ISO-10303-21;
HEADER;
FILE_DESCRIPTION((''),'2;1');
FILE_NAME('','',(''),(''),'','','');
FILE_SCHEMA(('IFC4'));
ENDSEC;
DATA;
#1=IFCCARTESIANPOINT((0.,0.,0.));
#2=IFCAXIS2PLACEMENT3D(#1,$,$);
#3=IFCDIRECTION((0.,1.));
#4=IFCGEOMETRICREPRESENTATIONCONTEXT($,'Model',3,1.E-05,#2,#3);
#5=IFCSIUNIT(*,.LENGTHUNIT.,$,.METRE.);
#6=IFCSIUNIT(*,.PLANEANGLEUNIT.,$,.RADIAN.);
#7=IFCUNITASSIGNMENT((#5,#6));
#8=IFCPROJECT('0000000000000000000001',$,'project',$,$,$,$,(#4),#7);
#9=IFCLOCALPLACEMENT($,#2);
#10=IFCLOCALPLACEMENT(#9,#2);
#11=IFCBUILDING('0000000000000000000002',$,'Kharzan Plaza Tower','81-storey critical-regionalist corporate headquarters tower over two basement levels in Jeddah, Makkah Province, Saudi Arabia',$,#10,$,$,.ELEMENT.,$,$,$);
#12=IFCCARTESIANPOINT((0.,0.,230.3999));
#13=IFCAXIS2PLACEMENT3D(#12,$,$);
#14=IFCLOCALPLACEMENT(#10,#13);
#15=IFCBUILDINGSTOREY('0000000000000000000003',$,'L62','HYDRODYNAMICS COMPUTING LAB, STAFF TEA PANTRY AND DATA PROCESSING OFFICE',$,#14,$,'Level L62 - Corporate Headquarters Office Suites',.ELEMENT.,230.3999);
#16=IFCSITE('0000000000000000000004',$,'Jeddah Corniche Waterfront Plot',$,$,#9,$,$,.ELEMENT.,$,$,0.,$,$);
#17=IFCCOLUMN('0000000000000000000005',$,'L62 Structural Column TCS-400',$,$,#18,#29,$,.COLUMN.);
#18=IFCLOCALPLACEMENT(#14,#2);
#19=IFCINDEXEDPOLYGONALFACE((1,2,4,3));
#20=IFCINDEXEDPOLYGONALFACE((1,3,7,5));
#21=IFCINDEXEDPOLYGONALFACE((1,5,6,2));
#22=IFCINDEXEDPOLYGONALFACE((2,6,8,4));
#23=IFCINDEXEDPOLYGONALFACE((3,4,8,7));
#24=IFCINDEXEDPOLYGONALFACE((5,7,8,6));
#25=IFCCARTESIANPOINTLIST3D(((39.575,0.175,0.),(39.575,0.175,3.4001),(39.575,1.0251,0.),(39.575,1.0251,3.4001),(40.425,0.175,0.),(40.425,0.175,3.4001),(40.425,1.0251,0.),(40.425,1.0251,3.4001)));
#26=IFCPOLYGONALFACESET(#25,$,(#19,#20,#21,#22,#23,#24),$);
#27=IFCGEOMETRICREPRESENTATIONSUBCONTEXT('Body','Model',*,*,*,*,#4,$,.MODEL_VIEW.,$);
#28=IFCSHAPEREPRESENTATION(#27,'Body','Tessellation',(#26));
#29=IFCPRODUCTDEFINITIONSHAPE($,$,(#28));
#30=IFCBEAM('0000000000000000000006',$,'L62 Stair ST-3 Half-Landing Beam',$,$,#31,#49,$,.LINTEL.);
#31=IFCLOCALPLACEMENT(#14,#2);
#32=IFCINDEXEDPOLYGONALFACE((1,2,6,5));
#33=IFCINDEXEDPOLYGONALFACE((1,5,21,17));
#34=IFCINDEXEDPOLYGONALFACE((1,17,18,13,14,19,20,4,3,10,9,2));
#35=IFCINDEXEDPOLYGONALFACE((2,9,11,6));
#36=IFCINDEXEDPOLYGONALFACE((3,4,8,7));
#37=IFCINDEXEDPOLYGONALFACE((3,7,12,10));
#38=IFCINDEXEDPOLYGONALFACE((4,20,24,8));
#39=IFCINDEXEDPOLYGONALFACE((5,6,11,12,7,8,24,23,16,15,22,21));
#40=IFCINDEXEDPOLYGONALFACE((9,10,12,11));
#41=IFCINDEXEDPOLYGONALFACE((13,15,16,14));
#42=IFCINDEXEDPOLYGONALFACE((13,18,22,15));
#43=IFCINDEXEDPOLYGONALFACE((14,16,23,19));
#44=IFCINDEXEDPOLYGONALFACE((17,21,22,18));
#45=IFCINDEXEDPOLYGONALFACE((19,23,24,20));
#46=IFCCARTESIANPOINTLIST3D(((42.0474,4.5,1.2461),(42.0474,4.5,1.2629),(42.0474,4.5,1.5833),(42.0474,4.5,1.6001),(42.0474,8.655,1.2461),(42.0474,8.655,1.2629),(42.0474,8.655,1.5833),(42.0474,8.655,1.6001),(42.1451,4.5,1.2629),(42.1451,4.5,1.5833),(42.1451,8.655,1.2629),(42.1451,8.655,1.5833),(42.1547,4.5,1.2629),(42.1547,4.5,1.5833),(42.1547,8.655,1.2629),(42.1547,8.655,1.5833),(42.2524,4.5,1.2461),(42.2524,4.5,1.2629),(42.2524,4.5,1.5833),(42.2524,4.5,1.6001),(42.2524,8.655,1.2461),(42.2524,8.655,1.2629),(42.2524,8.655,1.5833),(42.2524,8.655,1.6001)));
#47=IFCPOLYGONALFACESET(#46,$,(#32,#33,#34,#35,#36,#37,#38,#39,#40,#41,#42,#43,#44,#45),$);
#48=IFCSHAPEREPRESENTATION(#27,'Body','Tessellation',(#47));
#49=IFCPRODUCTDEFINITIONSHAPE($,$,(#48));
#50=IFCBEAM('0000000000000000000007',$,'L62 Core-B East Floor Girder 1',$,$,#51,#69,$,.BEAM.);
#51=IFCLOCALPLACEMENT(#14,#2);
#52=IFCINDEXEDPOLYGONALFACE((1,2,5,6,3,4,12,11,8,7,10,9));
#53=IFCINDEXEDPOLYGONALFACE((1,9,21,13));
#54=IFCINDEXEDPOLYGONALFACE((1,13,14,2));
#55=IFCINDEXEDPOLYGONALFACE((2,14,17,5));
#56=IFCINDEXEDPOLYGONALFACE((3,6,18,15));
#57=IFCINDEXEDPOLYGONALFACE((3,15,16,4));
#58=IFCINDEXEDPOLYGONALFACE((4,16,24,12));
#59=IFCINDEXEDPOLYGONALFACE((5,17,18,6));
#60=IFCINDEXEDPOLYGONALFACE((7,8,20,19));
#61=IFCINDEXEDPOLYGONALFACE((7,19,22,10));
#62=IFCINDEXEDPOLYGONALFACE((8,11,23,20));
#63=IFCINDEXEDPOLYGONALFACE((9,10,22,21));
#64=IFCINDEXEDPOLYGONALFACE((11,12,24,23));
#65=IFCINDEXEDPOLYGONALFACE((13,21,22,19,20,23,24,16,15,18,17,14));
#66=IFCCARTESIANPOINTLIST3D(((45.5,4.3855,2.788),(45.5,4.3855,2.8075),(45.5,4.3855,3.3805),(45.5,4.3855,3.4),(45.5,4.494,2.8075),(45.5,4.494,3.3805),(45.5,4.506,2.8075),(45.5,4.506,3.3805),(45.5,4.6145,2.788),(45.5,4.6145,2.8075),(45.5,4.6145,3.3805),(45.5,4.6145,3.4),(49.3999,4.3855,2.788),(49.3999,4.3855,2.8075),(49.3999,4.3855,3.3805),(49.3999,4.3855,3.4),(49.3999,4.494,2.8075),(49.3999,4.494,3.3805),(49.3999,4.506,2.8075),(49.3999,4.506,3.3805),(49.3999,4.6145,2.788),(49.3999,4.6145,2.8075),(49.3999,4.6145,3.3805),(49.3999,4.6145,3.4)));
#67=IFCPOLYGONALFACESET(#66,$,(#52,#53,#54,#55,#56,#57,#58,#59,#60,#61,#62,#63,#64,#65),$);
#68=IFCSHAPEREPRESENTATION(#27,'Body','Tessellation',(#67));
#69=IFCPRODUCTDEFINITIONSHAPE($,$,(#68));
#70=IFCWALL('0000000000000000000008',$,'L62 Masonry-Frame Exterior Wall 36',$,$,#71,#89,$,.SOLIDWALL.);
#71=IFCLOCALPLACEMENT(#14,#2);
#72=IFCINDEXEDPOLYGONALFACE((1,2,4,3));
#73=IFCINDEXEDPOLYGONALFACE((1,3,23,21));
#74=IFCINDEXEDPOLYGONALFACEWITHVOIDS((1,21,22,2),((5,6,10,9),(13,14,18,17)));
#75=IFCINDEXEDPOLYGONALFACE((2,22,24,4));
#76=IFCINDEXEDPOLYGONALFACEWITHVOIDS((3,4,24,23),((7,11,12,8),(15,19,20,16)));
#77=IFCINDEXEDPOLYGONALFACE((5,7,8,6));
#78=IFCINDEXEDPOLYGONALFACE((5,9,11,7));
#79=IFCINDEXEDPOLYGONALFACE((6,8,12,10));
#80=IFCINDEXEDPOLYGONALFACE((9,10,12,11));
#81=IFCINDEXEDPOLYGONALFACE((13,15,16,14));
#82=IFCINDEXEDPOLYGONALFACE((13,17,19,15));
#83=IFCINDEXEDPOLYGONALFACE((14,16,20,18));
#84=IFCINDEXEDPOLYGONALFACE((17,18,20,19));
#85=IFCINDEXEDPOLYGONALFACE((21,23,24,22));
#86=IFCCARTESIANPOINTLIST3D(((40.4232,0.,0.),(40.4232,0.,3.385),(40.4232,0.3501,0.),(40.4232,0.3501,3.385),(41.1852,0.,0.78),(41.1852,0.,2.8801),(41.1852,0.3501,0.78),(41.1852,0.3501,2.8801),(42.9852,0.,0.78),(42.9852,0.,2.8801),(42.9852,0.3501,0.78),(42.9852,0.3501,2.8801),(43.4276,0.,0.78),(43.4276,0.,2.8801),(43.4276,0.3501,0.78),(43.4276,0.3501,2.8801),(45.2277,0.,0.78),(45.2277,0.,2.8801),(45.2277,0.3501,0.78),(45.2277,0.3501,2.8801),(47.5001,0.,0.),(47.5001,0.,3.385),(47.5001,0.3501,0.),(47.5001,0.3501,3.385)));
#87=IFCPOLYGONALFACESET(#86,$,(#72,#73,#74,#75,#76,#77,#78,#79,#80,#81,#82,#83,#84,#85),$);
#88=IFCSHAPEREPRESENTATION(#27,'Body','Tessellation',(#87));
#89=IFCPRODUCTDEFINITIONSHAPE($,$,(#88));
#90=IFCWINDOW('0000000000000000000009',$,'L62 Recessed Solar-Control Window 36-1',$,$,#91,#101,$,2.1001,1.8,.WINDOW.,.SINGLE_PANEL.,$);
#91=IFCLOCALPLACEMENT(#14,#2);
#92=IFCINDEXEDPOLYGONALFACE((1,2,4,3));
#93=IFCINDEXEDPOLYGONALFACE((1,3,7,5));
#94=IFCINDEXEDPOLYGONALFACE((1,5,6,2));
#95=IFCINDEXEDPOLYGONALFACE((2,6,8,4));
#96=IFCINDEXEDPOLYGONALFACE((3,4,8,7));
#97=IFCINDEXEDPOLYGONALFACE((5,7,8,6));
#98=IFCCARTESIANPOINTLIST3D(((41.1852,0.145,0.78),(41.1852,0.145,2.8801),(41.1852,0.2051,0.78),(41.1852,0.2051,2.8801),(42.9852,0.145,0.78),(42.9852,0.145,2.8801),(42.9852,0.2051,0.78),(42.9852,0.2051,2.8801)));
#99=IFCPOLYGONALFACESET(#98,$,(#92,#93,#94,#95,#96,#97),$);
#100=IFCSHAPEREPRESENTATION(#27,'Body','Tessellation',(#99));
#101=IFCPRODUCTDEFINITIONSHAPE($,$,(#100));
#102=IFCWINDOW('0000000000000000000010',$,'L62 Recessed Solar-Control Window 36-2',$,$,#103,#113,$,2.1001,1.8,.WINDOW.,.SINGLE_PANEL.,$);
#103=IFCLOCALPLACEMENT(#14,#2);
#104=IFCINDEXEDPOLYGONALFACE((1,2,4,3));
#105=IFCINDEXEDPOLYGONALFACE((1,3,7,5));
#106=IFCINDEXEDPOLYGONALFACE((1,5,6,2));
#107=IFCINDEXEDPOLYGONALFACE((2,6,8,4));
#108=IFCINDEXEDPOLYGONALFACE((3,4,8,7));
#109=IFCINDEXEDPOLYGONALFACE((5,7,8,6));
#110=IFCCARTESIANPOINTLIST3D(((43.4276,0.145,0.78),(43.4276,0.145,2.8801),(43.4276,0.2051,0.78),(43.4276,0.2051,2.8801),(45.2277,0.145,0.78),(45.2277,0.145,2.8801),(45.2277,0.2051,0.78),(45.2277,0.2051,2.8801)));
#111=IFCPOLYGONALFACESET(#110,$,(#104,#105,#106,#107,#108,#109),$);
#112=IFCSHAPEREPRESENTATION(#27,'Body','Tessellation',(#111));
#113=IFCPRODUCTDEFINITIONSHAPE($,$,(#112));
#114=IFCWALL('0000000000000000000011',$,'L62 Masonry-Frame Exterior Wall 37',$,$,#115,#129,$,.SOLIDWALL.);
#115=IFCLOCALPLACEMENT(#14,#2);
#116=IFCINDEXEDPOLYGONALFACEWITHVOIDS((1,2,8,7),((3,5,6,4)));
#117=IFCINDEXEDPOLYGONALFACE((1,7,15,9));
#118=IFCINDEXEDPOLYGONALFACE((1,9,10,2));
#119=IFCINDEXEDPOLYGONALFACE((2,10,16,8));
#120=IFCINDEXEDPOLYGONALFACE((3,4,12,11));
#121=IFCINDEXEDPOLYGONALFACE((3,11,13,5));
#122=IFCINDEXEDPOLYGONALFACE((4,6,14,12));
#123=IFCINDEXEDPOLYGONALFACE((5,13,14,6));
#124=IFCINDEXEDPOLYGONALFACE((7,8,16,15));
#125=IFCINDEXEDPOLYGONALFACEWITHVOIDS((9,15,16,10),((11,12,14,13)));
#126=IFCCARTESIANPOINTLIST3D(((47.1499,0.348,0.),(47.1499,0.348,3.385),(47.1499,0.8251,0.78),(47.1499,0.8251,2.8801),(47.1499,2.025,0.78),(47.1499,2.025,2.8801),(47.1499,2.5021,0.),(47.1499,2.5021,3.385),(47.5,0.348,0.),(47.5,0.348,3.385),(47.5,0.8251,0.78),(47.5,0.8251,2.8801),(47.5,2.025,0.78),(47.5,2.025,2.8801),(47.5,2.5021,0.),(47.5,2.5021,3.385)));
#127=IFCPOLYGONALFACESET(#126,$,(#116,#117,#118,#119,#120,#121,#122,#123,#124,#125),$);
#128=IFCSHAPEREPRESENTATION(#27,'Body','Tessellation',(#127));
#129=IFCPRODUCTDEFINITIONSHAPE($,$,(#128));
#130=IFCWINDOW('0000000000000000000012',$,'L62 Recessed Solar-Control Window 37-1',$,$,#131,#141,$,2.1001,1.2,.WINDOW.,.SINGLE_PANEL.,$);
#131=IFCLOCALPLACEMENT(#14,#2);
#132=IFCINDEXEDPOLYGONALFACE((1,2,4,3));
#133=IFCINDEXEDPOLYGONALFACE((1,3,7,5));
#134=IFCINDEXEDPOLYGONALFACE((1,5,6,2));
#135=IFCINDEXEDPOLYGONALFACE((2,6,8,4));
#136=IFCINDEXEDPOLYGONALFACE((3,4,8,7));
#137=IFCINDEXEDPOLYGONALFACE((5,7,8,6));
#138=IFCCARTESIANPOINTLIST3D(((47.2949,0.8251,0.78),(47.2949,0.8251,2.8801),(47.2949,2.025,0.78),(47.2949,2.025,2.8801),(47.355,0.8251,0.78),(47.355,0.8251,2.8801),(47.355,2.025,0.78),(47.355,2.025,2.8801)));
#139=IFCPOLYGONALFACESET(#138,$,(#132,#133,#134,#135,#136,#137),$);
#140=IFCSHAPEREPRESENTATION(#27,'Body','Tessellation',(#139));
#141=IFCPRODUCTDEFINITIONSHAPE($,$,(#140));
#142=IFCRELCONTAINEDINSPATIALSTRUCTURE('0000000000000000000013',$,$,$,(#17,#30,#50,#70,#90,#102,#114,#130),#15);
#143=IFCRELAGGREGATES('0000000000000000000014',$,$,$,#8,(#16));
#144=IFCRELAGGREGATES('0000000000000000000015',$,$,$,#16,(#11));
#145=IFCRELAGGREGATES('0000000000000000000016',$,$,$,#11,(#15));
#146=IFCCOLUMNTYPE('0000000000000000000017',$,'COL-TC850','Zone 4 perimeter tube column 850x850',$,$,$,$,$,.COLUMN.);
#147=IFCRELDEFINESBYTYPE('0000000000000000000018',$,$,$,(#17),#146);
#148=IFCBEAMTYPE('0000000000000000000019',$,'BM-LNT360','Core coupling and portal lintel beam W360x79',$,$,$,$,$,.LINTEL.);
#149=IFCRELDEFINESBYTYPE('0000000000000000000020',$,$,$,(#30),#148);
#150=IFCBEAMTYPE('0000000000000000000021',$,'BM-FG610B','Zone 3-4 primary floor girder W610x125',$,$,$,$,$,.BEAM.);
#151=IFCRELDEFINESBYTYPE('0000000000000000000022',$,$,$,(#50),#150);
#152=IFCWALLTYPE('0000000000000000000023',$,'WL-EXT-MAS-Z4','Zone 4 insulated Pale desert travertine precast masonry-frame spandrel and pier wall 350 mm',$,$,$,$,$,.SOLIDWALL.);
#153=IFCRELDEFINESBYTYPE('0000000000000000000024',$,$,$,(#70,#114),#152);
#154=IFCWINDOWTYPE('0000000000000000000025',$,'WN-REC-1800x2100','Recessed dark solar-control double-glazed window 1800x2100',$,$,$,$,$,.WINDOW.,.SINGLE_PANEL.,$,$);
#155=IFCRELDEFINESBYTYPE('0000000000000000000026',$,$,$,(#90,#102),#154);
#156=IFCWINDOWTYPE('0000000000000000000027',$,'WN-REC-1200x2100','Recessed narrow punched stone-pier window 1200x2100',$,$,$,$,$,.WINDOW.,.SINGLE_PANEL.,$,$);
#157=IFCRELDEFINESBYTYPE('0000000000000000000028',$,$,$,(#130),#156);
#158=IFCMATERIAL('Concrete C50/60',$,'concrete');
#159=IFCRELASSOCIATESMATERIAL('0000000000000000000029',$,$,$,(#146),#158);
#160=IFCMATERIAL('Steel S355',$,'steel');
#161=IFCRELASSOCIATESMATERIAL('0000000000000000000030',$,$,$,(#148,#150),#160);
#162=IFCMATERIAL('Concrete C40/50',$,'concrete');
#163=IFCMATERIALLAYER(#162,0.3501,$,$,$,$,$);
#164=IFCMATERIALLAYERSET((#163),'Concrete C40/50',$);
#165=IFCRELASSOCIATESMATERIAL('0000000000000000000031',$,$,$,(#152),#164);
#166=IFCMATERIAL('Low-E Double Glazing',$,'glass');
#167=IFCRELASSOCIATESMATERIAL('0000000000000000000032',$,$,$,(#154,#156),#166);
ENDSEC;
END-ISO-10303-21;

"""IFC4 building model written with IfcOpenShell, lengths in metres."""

from ifc_helpers import new_model, si_unit, direction, frame, frame_2d, origin, origin_2d, place, context, subcontext, project, spatial, rectangle, i_section, extrude, source, transform, mapped, material, layer, layer_set, material_profile, profile_set, type_object, element, fill, save


model = new_model("IFC4")

# Units and contexts
model_context = context("Model", 3, precision=1e-05, world=origin(), true_north=direction((0.0, 1.0)))
body_context = subcontext(model_context, "Body", "Model", "MODEL_VIEW")
ifc_project = project(units=[si_unit("LENGTHUNIT", "METRE"), si_unit("PLANEANGLEUNIT", "RADIAN")], contexts=[model_context])

# Site, building, storey
site_placement = place(None, origin())
site = spatial("IfcSite", under=ifc_project, at=site_placement, Name="Jeddah Corniche Waterfront Plot", CompositionType="ELEMENT", RefElevation=0.0)
building_placement = place(site_placement, origin())
building = spatial("IfcBuilding", under=site, at=building_placement, Name="Kharzan Plaza Tower", Description="81-storey critical-regionalist corporate headquarters tower over two basement levels in Jeddah, Makkah Province, Saudi Arabia", CompositionType="ELEMENT")
storey_placement = place(building_placement, frame((0.0, 0.0, 230.3999)))
storey = spatial("IfcBuildingStorey", under=building, at=storey_placement, Name="L62", Description="HYDRODYNAMICS COMPUTING LAB, STAFF TEA PANTRY AND DATA PROCESSING OFFICE", LongName="Level L62 - Corporate Headquarters Office Suites", CompositionType="ELEMENT", Elevation=230.3999)

# Column
ifc_material_1 = material(Name="Concrete C50/60", Category="concrete")
ifc_material_profile_1 = material_profile(ifc_material_1, rectangle(XDim=0.8501, YDim=0.8501, at=origin_2d()), Name="RC-TC850x850")
ifc_profile_set_1 = profile_set([ifc_material_profile_1], Name="Concrete C50/60")
column_type = type_object("IfcColumnType", Name="COL-TC850", Description="Zone 4 perimeter tube column 850x850", PredefinedType="COLUMN", material=ifc_profile_set_1)
shared_shape_1 = source(origin(), body_context, "Body", "SweptSolid", [
    extrude(rectangle(XDim=0.8501, YDim=0.8501, at=origin_2d()), origin(), (0.0, 0.0, 1.0), 3.4001),
])
column_placement = place(storey_placement, frame((40.0, 0.6001, 0.0), z_axis=(0.0, 0.0, 1.0), x_axis=(1.0, 0.0, 0.0)))
element("IfcColumn", 1, at=column_placement, inside=storey, type_object=column_type, Name="L62 Structural Column TCS-400", PredefinedType="COLUMN", context=body_context, shape_type="MappedRepresentation", body=[
    mapped(shared_shape_1, transform((0.0, 0.0, 0.0), x_axis=(1.0, 0.0, 0.0), y_axis=(0.0, 1.0, 0.0), z_axis=(0.0, 0.0, 1.0))),
])

# Beams
ifc_material_2 = material(Name="Steel S355", Category="steel")
ifc_material_profile_2 = material_profile(ifc_material_2, i_section(OverallWidth=0.2051, OverallDepth=0.354, WebThickness=0.0095, FlangeThickness=0.0168, at=origin_2d()), Name="W360x79")
ifc_profile_set_2 = profile_set([ifc_material_profile_2], Name="Steel S355")
beam_type_1 = type_object("IfcBeamType", Name="BM-LNT360", Description="Core coupling and portal lintel beam W360x79", PredefinedType="LINTEL", material=ifc_profile_set_2)
shared_shape_2 = source(origin(), body_context, "Body", "SweptSolid", [
    extrude(i_section(OverallWidth=0.2051, OverallDepth=0.354, WebThickness=0.0095, FlangeThickness=0.0168, at=origin_2d()), origin(), (0.0, 0.0, 1.0), 4.155),
])
beam_1_placement = place(storey_placement, frame((42.1499, 4.5, 1.4231), z_axis=(0.0, 1.0, 0.0), x_axis=(-1.0, 0.0, 0.0)))
element("IfcBeam", 2, at=beam_1_placement, inside=storey, type_object=beam_type_1, Name="L62 Stair ST-3 Half-Landing Beam", PredefinedType="LINTEL", context=body_context, shape_type="MappedRepresentation", body=[
    mapped(shared_shape_2, transform((0.0, 0.0, 0.0), x_axis=(1.0, 0.0, 0.0), y_axis=(0.0, 1.0, 0.0), z_axis=(0.0, 0.0, 1.0))),
])
ifc_material_profile_3 = material_profile(ifc_material_2, i_section(OverallWidth=0.229, OverallDepth=0.6121, WebThickness=0.012, FlangeThickness=0.0195, at=origin_2d()), Name="W610x125")
ifc_profile_set_3 = profile_set([ifc_material_profile_3], Name="Steel S355")
beam_type_2 = type_object("IfcBeamType", Name="BM-FG610B", Description="Zone 3-4 primary floor girder W610x125", PredefinedType="BEAM", material=ifc_profile_set_3)
shared_shape_3 = source(origin(), body_context, "Body", "SweptSolid", [
    extrude(i_section(OverallWidth=0.229, OverallDepth=0.6121, WebThickness=0.012, FlangeThickness=0.0195, at=origin_2d()), origin(), (0.0, 0.0, 1.0), 3.8999),
])
beam_2_placement = place(storey_placement, frame((45.5, 4.5, 3.094), z_axis=(1.0, 0.0, 0.0), x_axis=(0.0, 1.0, 0.0)))
element("IfcBeam", 3, at=beam_2_placement, inside=storey, type_object=beam_type_2, Name="L62 Core-B East Floor Girder 1", PredefinedType="BEAM", context=body_context, shape_type="MappedRepresentation", body=[
    mapped(shared_shape_3, transform((0.0, 0.0, 0.0), x_axis=(1.0, 0.0, 0.0), y_axis=(0.0, 1.0, 0.0), z_axis=(0.0, 0.0, 1.0))),
])

# Wall, openings, windows
ifc_material_3 = material(Name="Concrete C40/50", Category="concrete")
ifc_layer_1 = layer(ifc_material_3, 0.3501)
ifc_layer_set_1 = layer_set([ifc_layer_1], Name="Concrete C40/50")
wall_type_1 = type_object("IfcWallType", Name="WL-EXT-MAS-Z4", Description="Zone 4 insulated Pale desert travertine precast masonry-frame spandrel and pier wall 350 mm", PredefinedType="SOLIDWALL", material=ifc_layer_set_1)
wall_1_placement = place(storey_placement, frame((40.4231, 0.175, 0.0), z_axis=(0.0, 0.0, 1.0), x_axis=(1.0, 0.0, 0.0)))
wall_1 = element("IfcWall", 4, at=wall_1_placement, inside=storey, type_object=wall_type_1, Name="L62 Masonry-Frame Exterior Wall 36", PredefinedType="SOLIDWALL", context=body_context, shape_type="SweptSolid", body=[
    extrude(rectangle(XDim=7.0769, YDim=0.3501, at=frame_2d((3.5386, 0.0))), origin(), (0.0, 0.0, 1.0), 3.385),
])
opening_1_placement = place(wall_1_placement, frame((0.7622, 0.0, 0.78)))
opening_1 = element("IfcOpeningElement", 5, at=opening_1_placement, cuts=wall_1, PredefinedType="OPENING", context=body_context, shape_type="SweptSolid", body=[
    extrude(rectangle(XDim=1.8, YDim=2.1001, at=frame_2d((0.8999, 1.05))), frame((0.0, 0.1851, 0.0), z_axis=(0.0, -1.0, 0.0), x_axis=(1.0, 0.0, 0.0)), (0.0, 0.0, 1.0), 0.3701),
])
opening_2_placement = place(wall_1_placement, frame((3.0046, 0.0, 0.78)))
opening_2 = element("IfcOpeningElement", 6, at=opening_2_placement, cuts=wall_1, PredefinedType="OPENING", context=body_context, shape_type="SweptSolid", body=[
    extrude(rectangle(XDim=1.8, YDim=2.1001, at=frame_2d((0.8999, 1.05))), frame((0.0, 0.1851, 0.0), z_axis=(0.0, -1.0, 0.0), x_axis=(1.0, 0.0, 0.0)), (0.0, 0.0, 1.0), 0.3701),
])
ifc_material_4 = material(Name="Low-E Double Glazing", Category="glass")
window_type_1 = type_object("IfcWindowType", Name="WN-REC-1800x2100", Description="Recessed dark solar-control double-glazed window 1800x2100", PartitioningType="SINGLE_PANEL", PredefinedType="WINDOW", material=ifc_material_4)
shared_shape_4 = source(origin(), body_context, "Body", "SweptSolid", [
    extrude(rectangle(XDim=1.8, YDim=2.1001, at=frame_2d((0.8999, 1.05))), frame((0.0, 0.03, 0.0), z_axis=(0.0, -1.0, 0.0), x_axis=(1.0, 0.0, 0.0)), (0.0, 0.0, 1.0), 0.0601),
])
window_1_placement = place(opening_1_placement, origin())
window_1 = element("IfcWindow", 7, at=window_1_placement, inside=storey, type_object=window_type_1, Name="L62 Recessed Solar-Control Window 36-1", OverallHeight=2.1001, OverallWidth=1.8, PartitioningType="SINGLE_PANEL", PredefinedType="WINDOW", context=body_context, shape_type="MappedRepresentation", body=[
    mapped(shared_shape_4, transform((0.0, 0.0, 0.0), x_axis=(1.0, 0.0, 0.0), y_axis=(0.0, 1.0, 0.0), z_axis=(0.0, 0.0, 1.0))),
])
fill(opening_1, window_1)
window_2_placement = place(opening_2_placement, origin())
window_2 = element("IfcWindow", 8, at=window_2_placement, inside=storey, type_object=window_type_1, Name="L62 Recessed Solar-Control Window 36-2", OverallHeight=2.1001, OverallWidth=1.8, PartitioningType="SINGLE_PANEL", PredefinedType="WINDOW", context=body_context, shape_type="MappedRepresentation", body=[
    mapped(shared_shape_4, transform((0.0, 0.0, 0.0), x_axis=(1.0, 0.0, 0.0), y_axis=(0.0, 1.0, 0.0), z_axis=(0.0, 0.0, 1.0))),
])
fill(opening_2, window_2)

# Wall, opening, window
wall_2_placement = place(storey_placement, frame((47.325, 0.3479, 0.0), z_axis=(0.0, 0.0, 1.0), x_axis=(0.0, 1.0, 0.0)))
wall_2 = element("IfcWall", 9, at=wall_2_placement, inside=storey, type_object=wall_type_1, Name="L62 Masonry-Frame Exterior Wall 37", PredefinedType="SOLIDWALL", context=body_context, shape_type="SweptSolid", body=[
    extrude(rectangle(XDim=2.1541, YDim=0.3501, at=frame_2d((1.0771, 0.0))), origin(), (0.0, 0.0, 1.0), 3.385),
])
opening_3_placement = place(wall_2_placement, frame((0.4771, 0.0, 0.78)))
opening_3 = element("IfcOpeningElement", 10, at=opening_3_placement, cuts=wall_2, PredefinedType="OPENING", context=body_context, shape_type="SweptSolid", body=[
    extrude(rectangle(XDim=1.2, YDim=2.1001, at=frame_2d((0.6001, 1.05))), frame((0.0, 0.1851, 0.0), z_axis=(0.0, -1.0, 0.0), x_axis=(1.0, 0.0, 0.0)), (0.0, 0.0, 1.0), 0.3701),
])
window_type_2 = type_object("IfcWindowType", Name="WN-REC-1200x2100", Description="Recessed narrow punched stone-pier window 1200x2100", PartitioningType="SINGLE_PANEL", PredefinedType="WINDOW", material=ifc_material_4)
shared_shape_5 = source(origin(), body_context, "Body", "SweptSolid", [
    extrude(rectangle(XDim=1.2, YDim=2.1001, at=frame_2d((0.6001, 1.05))), frame((0.0, 0.03, 0.0), z_axis=(0.0, -1.0, 0.0), x_axis=(1.0, 0.0, 0.0)), (0.0, 0.0, 1.0), 0.0601),
])
window_3_placement = place(opening_3_placement, origin())
window_3 = element("IfcWindow", 11, at=window_3_placement, inside=storey, type_object=window_type_2, Name="L62 Recessed Solar-Control Window 37-1", OverallHeight=2.1001, OverallWidth=1.2, PartitioningType="SINGLE_PANEL", PredefinedType="WINDOW", context=body_context, shape_type="MappedRepresentation", body=[
    mapped(shared_shape_5, transform((0.0, 0.0, 0.0), x_axis=(1.0, 0.0, 0.0), y_axis=(0.0, 1.0, 0.0), z_axis=(0.0, 0.0, 1.0))),
])
fill(opening_3, window_3)

save(model, "model.ifc")
